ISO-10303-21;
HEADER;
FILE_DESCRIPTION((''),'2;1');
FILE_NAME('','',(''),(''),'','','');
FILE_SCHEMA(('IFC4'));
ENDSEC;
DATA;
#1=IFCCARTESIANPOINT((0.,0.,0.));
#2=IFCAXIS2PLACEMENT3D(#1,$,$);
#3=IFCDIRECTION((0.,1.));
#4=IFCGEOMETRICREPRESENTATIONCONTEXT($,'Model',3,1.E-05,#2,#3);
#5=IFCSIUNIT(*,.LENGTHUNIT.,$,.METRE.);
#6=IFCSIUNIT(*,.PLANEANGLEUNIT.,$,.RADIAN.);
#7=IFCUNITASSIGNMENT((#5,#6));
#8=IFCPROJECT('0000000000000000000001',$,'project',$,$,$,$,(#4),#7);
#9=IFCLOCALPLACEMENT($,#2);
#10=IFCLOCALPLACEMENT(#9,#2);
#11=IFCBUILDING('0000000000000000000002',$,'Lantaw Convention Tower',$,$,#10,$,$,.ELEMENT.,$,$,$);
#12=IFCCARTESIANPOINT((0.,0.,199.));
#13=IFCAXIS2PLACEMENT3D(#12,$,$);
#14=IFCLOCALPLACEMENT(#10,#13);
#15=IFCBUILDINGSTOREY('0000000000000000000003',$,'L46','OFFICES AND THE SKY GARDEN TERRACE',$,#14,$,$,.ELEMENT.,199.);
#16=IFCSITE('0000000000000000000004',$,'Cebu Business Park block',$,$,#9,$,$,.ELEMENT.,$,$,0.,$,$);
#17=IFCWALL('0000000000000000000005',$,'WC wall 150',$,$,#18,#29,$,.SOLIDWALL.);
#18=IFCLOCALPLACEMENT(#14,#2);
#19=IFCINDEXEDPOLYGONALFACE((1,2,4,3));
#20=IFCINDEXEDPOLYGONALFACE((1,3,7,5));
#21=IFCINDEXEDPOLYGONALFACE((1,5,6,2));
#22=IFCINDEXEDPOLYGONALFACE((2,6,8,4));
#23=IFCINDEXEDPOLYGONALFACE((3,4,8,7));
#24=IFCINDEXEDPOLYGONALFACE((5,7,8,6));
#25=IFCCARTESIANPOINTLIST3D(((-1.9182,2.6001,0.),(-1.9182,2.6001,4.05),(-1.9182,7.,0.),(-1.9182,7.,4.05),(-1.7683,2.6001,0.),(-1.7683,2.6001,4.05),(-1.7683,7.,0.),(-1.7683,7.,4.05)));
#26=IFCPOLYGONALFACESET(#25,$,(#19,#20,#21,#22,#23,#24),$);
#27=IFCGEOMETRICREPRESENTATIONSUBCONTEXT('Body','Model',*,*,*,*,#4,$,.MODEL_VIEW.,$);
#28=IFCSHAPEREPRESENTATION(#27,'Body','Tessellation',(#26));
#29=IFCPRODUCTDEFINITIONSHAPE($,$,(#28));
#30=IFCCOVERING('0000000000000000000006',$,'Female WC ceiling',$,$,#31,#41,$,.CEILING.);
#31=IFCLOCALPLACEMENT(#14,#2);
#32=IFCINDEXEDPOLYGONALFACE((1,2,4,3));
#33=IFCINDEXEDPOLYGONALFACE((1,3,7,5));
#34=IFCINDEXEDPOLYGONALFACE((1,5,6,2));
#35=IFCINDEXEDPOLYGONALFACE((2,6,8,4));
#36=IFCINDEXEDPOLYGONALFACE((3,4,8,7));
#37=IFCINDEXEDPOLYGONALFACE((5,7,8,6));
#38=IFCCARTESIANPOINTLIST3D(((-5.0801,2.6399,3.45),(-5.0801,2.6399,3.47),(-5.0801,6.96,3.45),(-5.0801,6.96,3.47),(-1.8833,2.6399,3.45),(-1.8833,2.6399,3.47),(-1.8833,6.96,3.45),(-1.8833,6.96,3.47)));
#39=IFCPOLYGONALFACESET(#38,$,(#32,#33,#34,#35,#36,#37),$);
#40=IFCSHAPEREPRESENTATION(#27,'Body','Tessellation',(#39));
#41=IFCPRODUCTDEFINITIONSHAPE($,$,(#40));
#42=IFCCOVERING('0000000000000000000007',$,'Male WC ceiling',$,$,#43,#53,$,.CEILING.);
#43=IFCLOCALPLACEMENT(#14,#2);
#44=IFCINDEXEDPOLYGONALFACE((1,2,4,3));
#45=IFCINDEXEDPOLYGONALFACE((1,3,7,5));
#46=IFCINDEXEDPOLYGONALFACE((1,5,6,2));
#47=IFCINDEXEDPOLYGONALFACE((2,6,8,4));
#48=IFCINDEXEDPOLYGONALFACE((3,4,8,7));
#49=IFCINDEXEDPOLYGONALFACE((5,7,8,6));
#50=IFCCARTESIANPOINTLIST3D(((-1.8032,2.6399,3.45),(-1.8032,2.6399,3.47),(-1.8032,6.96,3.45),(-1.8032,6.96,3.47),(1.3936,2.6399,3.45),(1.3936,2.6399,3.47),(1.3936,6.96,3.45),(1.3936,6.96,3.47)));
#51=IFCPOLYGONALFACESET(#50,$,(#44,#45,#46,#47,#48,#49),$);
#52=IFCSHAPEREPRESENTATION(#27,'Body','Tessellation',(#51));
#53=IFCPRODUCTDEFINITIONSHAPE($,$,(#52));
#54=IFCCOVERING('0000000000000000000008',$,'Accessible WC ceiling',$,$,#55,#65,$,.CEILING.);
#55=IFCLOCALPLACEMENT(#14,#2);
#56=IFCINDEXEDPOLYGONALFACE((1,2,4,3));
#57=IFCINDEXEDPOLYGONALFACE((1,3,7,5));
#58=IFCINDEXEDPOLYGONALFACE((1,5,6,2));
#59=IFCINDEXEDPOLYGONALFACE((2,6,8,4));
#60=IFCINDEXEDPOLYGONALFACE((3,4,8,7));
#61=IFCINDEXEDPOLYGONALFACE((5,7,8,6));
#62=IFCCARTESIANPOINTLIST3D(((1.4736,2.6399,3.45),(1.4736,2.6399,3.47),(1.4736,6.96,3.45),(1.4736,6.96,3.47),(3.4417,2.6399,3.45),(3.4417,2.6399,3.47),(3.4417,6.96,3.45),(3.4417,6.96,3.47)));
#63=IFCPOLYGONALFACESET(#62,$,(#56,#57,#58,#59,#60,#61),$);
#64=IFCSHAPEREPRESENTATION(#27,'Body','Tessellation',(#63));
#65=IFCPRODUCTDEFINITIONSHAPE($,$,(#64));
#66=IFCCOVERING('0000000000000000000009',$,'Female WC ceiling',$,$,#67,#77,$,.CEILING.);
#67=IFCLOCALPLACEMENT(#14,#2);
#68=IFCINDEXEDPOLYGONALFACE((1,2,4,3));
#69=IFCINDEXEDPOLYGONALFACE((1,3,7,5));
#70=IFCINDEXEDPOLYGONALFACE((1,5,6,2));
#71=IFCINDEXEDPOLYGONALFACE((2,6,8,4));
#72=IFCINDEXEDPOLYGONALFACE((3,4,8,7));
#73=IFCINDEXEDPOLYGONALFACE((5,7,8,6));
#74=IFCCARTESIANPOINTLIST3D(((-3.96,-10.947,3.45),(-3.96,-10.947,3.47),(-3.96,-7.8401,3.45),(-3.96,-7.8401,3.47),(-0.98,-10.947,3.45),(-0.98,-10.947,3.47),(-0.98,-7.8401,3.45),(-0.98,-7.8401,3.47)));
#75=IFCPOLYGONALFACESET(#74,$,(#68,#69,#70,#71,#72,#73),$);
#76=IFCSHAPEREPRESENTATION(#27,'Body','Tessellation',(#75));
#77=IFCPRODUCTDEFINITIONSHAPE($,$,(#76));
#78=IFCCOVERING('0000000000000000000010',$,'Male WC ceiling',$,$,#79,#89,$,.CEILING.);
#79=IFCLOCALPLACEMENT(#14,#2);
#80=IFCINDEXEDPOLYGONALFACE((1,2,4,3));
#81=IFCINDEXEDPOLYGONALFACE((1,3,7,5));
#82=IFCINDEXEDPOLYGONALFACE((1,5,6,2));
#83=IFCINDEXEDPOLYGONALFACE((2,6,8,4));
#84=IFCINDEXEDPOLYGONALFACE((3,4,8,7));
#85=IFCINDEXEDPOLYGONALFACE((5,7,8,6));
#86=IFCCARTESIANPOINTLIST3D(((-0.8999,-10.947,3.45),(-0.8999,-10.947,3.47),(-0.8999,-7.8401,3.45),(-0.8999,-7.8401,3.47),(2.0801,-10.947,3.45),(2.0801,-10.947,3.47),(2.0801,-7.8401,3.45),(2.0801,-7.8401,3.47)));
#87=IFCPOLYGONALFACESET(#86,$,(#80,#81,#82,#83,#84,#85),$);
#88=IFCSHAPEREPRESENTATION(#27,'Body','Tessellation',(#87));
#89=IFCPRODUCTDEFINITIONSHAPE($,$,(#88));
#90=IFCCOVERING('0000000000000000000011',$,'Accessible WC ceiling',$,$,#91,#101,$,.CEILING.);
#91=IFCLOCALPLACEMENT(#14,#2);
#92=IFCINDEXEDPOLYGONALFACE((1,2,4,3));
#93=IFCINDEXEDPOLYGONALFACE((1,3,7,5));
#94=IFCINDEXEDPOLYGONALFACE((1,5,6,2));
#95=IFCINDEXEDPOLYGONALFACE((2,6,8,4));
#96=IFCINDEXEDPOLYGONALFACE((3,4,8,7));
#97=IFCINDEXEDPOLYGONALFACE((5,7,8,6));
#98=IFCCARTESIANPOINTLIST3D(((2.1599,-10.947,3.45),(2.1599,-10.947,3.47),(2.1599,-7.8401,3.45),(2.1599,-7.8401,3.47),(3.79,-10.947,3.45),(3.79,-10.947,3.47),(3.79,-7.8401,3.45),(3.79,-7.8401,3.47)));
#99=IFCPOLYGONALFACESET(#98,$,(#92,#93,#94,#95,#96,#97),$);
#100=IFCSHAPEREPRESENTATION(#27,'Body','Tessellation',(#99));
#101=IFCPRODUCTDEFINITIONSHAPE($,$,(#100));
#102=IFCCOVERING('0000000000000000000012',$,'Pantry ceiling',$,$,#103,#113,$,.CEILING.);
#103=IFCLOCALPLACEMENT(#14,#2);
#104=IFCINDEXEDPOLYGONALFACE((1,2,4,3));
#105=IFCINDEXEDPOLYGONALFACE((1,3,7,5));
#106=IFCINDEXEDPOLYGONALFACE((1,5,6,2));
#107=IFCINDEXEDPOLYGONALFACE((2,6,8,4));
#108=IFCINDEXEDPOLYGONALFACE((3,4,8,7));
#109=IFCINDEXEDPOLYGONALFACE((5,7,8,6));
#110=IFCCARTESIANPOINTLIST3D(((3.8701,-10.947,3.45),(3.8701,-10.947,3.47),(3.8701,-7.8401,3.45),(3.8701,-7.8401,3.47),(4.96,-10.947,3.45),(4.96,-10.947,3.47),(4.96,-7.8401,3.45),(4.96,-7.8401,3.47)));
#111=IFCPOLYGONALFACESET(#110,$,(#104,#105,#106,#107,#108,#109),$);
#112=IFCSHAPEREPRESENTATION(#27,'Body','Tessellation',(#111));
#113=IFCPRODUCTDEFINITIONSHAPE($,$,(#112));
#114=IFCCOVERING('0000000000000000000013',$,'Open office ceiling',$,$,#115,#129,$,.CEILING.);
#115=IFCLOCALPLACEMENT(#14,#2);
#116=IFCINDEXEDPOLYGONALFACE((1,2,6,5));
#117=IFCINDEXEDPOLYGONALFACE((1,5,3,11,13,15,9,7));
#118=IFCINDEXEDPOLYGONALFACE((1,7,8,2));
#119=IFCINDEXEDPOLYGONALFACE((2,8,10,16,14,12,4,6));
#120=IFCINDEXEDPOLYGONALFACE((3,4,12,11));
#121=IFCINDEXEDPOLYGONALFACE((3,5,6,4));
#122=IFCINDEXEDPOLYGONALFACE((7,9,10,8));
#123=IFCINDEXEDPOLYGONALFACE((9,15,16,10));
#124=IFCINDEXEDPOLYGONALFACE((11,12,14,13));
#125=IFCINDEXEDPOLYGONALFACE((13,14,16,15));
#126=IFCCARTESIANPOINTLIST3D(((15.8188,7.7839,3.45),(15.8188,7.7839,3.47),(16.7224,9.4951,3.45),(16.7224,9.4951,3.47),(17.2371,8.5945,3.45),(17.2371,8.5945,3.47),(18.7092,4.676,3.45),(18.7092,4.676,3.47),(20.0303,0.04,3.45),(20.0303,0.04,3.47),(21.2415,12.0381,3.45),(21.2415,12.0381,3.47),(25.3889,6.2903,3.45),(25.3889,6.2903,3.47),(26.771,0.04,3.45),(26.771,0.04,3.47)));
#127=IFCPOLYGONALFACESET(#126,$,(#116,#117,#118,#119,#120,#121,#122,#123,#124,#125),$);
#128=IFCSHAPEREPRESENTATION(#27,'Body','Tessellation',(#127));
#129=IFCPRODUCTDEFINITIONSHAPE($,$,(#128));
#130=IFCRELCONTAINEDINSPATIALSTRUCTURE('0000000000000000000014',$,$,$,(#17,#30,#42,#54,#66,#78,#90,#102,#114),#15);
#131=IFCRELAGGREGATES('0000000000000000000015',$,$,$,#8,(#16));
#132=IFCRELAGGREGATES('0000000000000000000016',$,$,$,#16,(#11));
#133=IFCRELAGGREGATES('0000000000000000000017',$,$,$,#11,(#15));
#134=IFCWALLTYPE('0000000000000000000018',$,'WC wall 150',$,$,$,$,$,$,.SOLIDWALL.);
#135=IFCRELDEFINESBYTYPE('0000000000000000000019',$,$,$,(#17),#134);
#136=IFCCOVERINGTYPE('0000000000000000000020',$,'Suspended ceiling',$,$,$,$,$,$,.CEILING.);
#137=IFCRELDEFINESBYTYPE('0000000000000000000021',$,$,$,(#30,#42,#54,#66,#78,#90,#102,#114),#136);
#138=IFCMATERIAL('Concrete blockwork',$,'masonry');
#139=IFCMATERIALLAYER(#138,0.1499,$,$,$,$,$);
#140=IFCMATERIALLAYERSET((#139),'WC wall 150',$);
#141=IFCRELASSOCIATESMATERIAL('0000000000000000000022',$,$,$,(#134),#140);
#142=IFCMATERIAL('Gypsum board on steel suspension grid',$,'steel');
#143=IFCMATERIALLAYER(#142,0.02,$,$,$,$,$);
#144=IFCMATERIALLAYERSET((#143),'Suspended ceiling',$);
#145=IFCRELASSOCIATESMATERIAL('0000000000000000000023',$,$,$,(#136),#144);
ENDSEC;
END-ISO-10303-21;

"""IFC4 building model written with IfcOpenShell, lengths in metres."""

from ifc_helpers import new_model, si_unit, direction, frame, frame_2d, origin, place, context, subcontext, project, spatial, polyline, rectangle, outline, extrude, material, layer, layer_set, type_object, element, save


model = new_model("IFC4")

# Units and contexts
model_context = context("Model", 3, precision=1e-05, world=origin(), true_north=direction((0.0, 1.0)))
body_context = subcontext(model_context, "Body", "Model", "MODEL_VIEW")
ifc_project = project(units=[si_unit("LENGTHUNIT", "METRE"), si_unit("PLANEANGLEUNIT", "RADIAN")], contexts=[model_context])

# Site, building, storey
site_placement = place(None, origin())
site = spatial("IfcSite", under=ifc_project, at=site_placement, Name="Cebu Business Park block", CompositionType="ELEMENT", RefElevation=0.0)
building_placement = place(site_placement, origin())
building = spatial("IfcBuilding", under=site, at=building_placement, Name="Lantaw Convention Tower", CompositionType="ELEMENT")
storey_placement = place(building_placement, frame((0.0, 0.0, 199.0)))
storey = spatial("IfcBuildingStorey", under=building, at=storey_placement, Name="L46", Description="OFFICES AND THE SKY GARDEN TERRACE", CompositionType="ELEMENT", Elevation=199.0)

# Shared definitions
ifc_material_1 = material(Name="Concrete blockwork", Category="masonry")
ifc_layer_1 = layer(ifc_material_1, 0.1499)
ifc_layer_set_1 = layer_set([ifc_layer_1], Name="WC wall 150")
wall_type_1 = type_object("IfcWallType", Name="WC wall 150", PredefinedType="SOLIDWALL", material=ifc_layer_set_1)

# Wall
for number, where, z_axis, x_axis, name in (
    (1, (-1.8433, 2.6001, 0.0), (0.0, 0.0, 1.0), (0.0, 1.0, 0.0), "WC wall 150"),
):
    element("IfcWall", number, at=place(storey_placement, frame(where, z_axis=z_axis, x_axis=x_axis)), inside=storey, type_object=wall_type_1, Name=name, PredefinedType="SOLIDWALL", context=body_context, shape_type="SweptSolid", body=[
        extrude(rectangle(XDim=4.3999, YDim=0.1499, at=frame_2d((2.2, 0.0))), origin(), (0.0, 0.0, 1.0), 4.05),
    ])

# Coverings
ifc_material_2 = material(Name="Gypsum board on steel suspension grid", Category="steel")
ifc_layer_2 = layer(ifc_material_2, 0.02)
ifc_layer_set_2 = layer_set([ifc_layer_2], Name="Suspended ceiling")
covering_type = type_object("IfcCoveringType", Name="Suspended ceiling", PredefinedType="CEILING", material=ifc_layer_set_2)
covering_1_placement = place(storey_placement, frame((0.0, 0.0, 3.45)))
element("IfcCovering", 2, at=covering_1_placement, inside=storey, type_object=covering_type, Name="Female WC ceiling", PredefinedType="CEILING", context=body_context, shape_type="SweptSolid", body=[
    extrude(outline(polyline([(-5.0801, 2.6399), (-1.8833, 2.6399), (-1.8833, 6.96), (-5.0801, 6.96), (-5.0801, 2.6399)])), origin(), (0.0, 0.0, 1.0), 0.02),
])
covering_2_placement = place(storey_placement, frame((0.0, 0.0, 3.45)))
element("IfcCovering", 3, at=covering_2_placement, inside=storey, type_object=covering_type, Name="Male WC ceiling", PredefinedType="CEILING", context=body_context, shape_type="SweptSolid", body=[
    extrude(outline(polyline([(-1.8032, 2.6399), (1.3936, 2.6399), (1.3936, 6.96), (-1.8032, 6.96), (-1.8032, 2.6399)])), origin(), (0.0, 0.0, 1.0), 0.02),
])
covering_3_placement = place(storey_placement, frame((0.0, 0.0, 3.45)))
element("IfcCovering", 4, at=covering_3_placement, inside=storey, type_object=covering_type, Name="Accessible WC ceiling", PredefinedType="CEILING", context=body_context, shape_type="SweptSolid", body=[
    extrude(outline(polyline([(1.4736, 2.6399), (3.4417, 2.6399), (3.4417, 6.96), (1.4736, 6.96), (1.4736, 2.6399)])), origin(), (0.0, 0.0, 1.0), 0.02),
])
covering_4_placement = place(storey_placement, frame((0.0, 0.0, 3.45)))
element("IfcCovering", 5, at=covering_4_placement, inside=storey, type_object=covering_type, Name="Female WC ceiling", PredefinedType="CEILING", context=body_context, shape_type="SweptSolid", body=[
    extrude(outline(polyline([(-3.96, -10.947), (-0.98, -10.947), (-0.98, -7.8401), (-3.96, -7.8401), (-3.96, -10.947)])), origin(), (0.0, 0.0, 1.0), 0.02),
])
covering_5_placement = place(storey_placement, frame((0.0, 0.0, 3.45)))
element("IfcCovering", 6, at=covering_5_placement, inside=storey, type_object=covering_type, Name="Male WC ceiling", PredefinedType="CEILING", context=body_context, shape_type="SweptSolid", body=[
    extrude(outline(polyline([(-0.8999, -10.947), (2.0801, -10.947), (2.0801, -7.8401), (-0.8999, -7.8401), (-0.8999, -10.947)])), origin(), (0.0, 0.0, 1.0), 0.02),
])
covering_6_placement = place(storey_placement, frame((0.0, 0.0, 3.45)))
element("IfcCovering", 7, at=covering_6_placement, inside=storey, type_object=covering_type, Name="Accessible WC ceiling", PredefinedType="CEILING", context=body_context, shape_type="SweptSolid", body=[
    extrude(outline(polyline([(2.1599, -10.947), (3.79, -10.947), (3.79, -7.8401), (2.1599, -7.8401), (2.1599, -10.947)])), origin(), (0.0, 0.0, 1.0), 0.02),
])
covering_7_placement = place(storey_placement, frame((0.0, 0.0, 3.45)))
element("IfcCovering", 8, at=covering_7_placement, inside=storey, type_object=covering_type, Name="Pantry ceiling", PredefinedType="CEILING", context=body_context, shape_type="SweptSolid", body=[
    extrude(outline(polyline([(3.8701, -10.947), (4.96, -10.947), (4.96, -7.8401), (3.8701, -7.8401), (3.8701, -10.947)])), origin(), (0.0, 0.0, 1.0), 0.02),
])
covering_8_placement = place(storey_placement, frame((0.0, 0.0, 3.45)))
element("IfcCovering", 9, at=covering_8_placement, inside=storey, type_object=covering_type, Name="Open office ceiling", PredefinedType="CEILING", context=body_context, shape_type="SweptSolid", body=[
    extrude(outline(polyline([(18.7092, 4.676), (20.0303, 0.04), (26.771, 0.04), (25.3889, 6.2903), (21.2415, 12.0381), (16.7224, 9.4951), (17.2371, 8.5945), (15.8188, 7.7839), (18.7092, 4.676)])), origin(), (0.0, 0.0, 1.0), 0.02),
])

save(model, "model.ifc")
